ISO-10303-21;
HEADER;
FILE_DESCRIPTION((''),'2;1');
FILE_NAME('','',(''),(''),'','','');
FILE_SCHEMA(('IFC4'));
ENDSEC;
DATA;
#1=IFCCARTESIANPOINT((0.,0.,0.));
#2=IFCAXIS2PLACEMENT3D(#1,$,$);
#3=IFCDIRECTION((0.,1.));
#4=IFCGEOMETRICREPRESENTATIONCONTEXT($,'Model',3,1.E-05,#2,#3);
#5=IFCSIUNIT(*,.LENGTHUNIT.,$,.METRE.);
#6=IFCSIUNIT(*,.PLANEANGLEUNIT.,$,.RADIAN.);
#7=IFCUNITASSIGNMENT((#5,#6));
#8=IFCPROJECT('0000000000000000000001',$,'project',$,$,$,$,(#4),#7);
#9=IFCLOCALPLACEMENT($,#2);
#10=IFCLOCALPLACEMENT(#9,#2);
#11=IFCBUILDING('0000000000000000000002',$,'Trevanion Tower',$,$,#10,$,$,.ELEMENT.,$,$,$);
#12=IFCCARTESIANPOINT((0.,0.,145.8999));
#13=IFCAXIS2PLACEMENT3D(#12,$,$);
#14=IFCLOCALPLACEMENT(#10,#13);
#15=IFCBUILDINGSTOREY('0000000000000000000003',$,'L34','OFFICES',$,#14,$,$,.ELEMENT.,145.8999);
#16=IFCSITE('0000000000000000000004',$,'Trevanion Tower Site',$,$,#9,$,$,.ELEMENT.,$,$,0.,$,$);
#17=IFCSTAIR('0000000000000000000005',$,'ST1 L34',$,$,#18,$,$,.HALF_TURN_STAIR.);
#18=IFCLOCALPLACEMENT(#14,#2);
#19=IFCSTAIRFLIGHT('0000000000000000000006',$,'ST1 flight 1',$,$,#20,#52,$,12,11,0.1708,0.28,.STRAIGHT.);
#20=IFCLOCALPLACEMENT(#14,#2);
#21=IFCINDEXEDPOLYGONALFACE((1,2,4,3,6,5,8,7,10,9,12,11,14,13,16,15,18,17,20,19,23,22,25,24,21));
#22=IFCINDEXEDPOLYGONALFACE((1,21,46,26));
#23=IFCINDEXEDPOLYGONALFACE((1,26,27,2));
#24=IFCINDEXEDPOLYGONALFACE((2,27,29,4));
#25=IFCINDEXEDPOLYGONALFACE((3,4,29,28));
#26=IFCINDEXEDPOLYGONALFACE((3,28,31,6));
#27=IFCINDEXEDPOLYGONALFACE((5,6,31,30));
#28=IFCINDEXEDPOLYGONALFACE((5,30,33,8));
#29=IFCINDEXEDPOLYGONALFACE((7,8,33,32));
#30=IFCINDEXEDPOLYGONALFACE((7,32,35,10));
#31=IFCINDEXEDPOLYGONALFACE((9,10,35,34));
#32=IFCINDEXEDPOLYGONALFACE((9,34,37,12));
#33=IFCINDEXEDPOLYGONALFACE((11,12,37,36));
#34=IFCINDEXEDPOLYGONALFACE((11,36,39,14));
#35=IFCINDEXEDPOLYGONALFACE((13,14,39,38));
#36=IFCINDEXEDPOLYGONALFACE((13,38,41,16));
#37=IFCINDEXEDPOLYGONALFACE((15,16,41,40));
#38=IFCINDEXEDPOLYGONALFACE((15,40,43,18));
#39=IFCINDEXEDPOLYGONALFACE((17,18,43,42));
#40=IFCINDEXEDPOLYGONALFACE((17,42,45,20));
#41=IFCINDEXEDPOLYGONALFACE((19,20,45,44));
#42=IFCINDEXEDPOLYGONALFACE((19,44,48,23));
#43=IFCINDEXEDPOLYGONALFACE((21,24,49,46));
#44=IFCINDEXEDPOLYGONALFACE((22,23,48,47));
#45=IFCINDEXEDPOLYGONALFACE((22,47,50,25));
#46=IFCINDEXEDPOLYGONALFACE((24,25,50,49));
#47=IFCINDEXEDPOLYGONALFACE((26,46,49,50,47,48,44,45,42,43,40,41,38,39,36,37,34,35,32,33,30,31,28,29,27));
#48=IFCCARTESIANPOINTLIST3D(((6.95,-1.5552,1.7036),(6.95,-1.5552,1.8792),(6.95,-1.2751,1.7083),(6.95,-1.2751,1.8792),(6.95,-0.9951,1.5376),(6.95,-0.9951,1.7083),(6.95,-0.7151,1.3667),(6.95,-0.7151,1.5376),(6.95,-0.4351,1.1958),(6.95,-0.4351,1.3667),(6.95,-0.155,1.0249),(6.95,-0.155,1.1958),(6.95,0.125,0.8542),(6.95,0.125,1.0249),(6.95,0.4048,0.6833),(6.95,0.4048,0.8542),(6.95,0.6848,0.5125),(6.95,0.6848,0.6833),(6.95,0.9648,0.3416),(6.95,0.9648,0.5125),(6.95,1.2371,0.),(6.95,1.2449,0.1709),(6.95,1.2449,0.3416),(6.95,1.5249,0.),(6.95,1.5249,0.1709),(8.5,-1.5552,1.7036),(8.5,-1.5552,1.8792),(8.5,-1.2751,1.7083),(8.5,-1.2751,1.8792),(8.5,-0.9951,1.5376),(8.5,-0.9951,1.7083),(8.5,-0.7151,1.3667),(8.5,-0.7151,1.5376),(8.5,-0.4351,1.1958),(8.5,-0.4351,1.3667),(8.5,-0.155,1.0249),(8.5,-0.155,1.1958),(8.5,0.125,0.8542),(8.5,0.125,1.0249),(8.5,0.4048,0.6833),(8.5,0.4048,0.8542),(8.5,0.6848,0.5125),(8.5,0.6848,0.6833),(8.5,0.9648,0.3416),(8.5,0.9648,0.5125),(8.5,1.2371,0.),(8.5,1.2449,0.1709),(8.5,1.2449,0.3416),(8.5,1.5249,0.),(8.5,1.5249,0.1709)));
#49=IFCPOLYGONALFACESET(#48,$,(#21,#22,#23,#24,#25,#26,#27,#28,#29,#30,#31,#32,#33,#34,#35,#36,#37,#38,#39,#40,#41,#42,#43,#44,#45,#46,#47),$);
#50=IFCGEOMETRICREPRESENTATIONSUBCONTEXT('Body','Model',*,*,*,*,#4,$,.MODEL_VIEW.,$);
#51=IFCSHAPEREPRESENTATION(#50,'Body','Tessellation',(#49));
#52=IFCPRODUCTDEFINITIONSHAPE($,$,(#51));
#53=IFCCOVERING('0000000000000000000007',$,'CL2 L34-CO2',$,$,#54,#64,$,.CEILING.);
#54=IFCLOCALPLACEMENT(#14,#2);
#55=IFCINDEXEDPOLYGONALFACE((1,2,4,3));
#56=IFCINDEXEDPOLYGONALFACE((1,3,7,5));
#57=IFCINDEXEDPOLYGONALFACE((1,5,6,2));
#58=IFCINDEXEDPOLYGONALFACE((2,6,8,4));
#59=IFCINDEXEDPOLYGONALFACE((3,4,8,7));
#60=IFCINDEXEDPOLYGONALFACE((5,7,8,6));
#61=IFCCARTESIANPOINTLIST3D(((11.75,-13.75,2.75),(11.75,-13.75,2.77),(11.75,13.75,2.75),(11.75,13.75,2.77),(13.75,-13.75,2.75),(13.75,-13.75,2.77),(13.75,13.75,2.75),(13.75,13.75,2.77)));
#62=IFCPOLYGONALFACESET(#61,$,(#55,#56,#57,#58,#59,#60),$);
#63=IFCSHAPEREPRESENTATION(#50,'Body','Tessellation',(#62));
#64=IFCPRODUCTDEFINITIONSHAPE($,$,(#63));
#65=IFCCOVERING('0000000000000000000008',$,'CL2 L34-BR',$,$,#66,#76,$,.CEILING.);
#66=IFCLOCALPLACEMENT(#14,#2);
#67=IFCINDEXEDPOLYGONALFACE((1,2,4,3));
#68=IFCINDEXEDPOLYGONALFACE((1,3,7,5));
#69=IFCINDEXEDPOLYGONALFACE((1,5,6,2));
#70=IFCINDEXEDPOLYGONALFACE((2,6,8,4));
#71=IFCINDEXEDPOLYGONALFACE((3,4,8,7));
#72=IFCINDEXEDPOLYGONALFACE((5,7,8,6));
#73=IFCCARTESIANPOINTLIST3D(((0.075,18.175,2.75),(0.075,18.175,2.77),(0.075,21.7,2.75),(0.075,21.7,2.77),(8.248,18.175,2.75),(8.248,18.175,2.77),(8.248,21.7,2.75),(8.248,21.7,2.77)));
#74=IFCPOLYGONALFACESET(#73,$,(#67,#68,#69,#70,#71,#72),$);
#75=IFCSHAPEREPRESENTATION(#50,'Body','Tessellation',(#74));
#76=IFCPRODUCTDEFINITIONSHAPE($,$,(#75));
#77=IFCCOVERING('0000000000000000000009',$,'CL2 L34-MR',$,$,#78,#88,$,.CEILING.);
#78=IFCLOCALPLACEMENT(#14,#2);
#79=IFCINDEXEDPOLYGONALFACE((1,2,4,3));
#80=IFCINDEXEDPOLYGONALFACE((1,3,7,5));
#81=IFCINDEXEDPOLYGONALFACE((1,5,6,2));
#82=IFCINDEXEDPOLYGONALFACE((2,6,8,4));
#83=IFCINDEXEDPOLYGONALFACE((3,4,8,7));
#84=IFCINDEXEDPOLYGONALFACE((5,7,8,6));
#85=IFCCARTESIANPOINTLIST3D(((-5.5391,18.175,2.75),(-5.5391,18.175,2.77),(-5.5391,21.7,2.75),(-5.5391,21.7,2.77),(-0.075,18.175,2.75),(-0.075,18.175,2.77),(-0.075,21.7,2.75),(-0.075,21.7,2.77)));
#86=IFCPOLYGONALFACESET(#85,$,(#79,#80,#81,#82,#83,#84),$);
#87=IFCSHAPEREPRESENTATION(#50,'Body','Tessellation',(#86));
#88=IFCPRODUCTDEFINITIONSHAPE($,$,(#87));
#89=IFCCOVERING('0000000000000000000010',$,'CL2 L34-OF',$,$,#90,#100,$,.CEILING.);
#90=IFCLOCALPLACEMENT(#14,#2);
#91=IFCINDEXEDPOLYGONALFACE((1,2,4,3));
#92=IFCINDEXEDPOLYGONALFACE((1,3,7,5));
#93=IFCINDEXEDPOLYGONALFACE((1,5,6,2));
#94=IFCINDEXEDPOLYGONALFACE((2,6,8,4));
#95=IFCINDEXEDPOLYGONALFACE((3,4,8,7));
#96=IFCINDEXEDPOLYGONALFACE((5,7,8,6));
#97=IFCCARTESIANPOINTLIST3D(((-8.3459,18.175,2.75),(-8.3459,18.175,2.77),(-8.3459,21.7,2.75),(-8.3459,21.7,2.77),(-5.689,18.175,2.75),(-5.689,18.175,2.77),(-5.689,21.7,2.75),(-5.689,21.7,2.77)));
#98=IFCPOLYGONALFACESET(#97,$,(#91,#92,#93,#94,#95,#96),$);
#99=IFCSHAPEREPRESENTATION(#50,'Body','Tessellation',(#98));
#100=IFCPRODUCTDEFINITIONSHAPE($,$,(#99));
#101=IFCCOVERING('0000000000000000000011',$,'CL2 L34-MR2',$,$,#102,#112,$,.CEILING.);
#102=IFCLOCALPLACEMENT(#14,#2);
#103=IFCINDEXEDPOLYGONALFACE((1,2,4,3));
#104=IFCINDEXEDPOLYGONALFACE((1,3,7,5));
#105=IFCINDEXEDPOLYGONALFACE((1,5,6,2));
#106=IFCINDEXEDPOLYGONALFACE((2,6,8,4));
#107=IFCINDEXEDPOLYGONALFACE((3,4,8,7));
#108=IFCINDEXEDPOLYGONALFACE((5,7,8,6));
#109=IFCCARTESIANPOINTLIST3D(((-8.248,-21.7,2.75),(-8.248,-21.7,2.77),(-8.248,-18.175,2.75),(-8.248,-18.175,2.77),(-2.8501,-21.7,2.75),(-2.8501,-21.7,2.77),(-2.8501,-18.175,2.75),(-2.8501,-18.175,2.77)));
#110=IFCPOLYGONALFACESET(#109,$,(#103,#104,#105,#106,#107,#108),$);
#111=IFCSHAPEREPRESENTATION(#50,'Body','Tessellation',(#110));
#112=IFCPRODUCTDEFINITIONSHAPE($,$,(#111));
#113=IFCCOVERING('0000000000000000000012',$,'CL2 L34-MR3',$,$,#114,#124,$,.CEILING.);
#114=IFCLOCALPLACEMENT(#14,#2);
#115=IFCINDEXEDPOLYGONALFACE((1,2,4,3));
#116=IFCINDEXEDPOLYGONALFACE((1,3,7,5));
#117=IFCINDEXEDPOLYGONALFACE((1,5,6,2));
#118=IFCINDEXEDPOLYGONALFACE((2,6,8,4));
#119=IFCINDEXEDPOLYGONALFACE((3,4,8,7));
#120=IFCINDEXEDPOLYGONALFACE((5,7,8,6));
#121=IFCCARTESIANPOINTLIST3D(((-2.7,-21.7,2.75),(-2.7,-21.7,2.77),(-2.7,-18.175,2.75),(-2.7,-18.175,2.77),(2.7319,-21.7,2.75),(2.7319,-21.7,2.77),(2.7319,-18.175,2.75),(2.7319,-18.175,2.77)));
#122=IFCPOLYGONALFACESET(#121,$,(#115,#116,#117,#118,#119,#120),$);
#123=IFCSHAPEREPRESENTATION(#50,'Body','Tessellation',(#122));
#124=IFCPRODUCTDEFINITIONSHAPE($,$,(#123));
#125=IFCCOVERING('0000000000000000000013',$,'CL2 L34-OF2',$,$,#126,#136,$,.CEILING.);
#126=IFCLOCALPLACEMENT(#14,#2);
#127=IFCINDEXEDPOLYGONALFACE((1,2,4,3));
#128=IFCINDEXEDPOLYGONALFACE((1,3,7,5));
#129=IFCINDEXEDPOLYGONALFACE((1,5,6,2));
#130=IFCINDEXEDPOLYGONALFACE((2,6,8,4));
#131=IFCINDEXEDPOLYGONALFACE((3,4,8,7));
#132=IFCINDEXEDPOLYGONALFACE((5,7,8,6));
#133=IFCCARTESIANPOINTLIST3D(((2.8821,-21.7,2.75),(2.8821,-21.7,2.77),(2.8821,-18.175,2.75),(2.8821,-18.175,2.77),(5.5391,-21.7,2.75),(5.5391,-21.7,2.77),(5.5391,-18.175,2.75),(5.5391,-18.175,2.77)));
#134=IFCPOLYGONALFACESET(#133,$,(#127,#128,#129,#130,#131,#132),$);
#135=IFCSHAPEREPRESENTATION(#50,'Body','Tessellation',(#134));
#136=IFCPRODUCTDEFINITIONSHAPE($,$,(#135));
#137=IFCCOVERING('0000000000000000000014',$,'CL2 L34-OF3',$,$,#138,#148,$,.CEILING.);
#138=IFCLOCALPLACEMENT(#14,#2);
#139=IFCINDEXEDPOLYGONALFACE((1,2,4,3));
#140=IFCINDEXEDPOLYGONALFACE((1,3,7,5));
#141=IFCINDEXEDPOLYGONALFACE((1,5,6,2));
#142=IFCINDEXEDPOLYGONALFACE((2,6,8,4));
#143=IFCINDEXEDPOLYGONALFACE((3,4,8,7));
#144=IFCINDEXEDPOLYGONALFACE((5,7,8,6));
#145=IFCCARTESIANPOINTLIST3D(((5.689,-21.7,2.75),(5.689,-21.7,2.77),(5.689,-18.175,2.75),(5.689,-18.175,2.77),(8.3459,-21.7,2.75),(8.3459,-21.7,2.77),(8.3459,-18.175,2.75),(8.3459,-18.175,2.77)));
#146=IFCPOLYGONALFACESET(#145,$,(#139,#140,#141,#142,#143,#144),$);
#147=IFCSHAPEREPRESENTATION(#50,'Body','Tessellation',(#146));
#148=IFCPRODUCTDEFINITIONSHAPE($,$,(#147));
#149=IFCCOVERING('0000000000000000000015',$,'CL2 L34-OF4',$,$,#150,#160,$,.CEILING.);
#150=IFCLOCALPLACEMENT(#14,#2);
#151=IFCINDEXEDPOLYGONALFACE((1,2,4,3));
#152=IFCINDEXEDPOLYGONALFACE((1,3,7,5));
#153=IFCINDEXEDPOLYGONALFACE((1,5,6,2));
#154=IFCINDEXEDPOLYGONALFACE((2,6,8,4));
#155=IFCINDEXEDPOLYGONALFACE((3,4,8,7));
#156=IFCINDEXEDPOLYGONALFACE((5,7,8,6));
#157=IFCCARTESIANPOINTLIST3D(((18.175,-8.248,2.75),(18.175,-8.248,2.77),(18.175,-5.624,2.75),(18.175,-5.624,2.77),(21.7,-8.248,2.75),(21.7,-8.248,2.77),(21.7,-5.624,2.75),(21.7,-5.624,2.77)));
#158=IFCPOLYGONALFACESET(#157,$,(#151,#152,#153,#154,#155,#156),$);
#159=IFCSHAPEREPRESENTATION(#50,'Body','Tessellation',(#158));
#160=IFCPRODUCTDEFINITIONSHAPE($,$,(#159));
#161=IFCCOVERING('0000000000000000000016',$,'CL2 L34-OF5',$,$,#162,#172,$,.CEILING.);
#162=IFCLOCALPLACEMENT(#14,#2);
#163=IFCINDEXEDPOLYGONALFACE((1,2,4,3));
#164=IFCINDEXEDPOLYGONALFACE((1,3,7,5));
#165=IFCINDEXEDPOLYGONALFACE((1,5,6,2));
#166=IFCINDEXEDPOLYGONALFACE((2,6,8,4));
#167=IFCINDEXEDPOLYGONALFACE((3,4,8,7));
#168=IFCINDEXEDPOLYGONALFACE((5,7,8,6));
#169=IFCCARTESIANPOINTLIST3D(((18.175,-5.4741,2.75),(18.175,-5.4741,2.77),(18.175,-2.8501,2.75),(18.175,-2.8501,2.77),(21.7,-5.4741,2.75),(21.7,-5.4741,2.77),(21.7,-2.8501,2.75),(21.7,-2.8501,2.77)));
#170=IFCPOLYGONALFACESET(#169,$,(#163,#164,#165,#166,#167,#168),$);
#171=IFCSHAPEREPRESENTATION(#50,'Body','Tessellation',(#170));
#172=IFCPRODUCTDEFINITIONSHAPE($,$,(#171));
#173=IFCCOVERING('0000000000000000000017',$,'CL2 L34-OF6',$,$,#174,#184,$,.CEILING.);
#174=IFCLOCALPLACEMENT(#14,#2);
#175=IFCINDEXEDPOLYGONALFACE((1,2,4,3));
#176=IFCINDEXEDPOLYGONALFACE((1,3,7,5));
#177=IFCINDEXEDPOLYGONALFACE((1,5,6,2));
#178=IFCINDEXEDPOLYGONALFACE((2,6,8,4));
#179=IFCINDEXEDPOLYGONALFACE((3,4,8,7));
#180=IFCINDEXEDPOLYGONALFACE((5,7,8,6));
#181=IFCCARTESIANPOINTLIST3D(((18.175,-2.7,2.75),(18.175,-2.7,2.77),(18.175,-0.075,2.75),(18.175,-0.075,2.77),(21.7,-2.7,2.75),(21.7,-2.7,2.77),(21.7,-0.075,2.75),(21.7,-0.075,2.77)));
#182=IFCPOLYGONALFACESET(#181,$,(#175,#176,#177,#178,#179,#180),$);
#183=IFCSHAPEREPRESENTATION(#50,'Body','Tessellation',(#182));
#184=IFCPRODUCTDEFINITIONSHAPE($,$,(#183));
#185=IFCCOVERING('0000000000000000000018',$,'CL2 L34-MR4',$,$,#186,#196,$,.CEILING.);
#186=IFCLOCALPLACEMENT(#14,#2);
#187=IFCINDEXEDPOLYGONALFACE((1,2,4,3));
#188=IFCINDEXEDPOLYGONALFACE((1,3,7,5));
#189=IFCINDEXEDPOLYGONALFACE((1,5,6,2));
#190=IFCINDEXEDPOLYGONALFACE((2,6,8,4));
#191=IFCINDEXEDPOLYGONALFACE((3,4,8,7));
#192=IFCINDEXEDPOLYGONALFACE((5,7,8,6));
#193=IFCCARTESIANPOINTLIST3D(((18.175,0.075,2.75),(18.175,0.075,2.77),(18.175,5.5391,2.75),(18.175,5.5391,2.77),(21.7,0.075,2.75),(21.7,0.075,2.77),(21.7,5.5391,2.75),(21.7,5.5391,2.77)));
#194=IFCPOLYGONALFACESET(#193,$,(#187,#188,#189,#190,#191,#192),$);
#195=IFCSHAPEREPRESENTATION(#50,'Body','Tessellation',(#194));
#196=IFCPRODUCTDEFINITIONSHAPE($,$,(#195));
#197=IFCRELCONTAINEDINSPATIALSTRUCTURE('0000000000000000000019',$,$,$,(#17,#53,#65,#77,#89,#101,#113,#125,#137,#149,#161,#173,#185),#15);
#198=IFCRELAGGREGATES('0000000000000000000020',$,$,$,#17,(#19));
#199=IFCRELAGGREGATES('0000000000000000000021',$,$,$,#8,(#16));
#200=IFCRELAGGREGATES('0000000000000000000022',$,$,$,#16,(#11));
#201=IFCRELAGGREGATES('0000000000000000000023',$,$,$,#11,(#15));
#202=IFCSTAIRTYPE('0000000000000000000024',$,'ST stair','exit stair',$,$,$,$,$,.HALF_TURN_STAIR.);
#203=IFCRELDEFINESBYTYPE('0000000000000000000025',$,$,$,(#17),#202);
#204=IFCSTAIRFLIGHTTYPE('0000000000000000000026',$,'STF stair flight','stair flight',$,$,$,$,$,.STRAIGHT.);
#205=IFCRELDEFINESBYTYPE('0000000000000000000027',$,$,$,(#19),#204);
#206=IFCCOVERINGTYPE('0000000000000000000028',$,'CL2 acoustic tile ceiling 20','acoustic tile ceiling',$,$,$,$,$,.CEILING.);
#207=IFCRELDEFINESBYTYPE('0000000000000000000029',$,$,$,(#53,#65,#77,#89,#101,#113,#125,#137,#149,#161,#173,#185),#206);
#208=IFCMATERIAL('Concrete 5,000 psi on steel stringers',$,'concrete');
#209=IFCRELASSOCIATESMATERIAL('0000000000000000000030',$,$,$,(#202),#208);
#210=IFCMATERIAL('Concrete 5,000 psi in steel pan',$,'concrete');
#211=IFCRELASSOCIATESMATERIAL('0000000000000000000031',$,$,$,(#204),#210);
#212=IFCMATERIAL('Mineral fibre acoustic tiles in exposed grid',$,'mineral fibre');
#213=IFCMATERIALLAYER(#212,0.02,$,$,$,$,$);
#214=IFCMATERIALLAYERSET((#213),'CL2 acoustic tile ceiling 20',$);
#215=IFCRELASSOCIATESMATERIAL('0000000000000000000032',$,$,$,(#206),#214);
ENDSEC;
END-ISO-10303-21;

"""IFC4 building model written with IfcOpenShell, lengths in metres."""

from ifc_helpers import new_model, si_unit, direction, frame, origin, place, context, subcontext, project, spatial, polyline, outline, extrude, material, layer, layer_set, type_object, element, aggregate, save


model = new_model("IFC4")

# Units and contexts
model_context = context("Model", 3, precision=1e-05, world=origin(), true_north=direction((0.0, 1.0)))
body_context = subcontext(model_context, "Body", "Model", "MODEL_VIEW")
ifc_project = project(units=[si_unit("LENGTHUNIT", "METRE"), si_unit("PLANEANGLEUNIT", "RADIAN")], contexts=[model_context])

# Site, building, storey
site_placement = place(None, origin())
site = spatial("IfcSite", under=ifc_project, at=site_placement, Name="Trevanion Tower Site", CompositionType="ELEMENT", RefElevation=0.0)
building_placement = place(site_placement, origin())
building = spatial("IfcBuilding", under=site, at=building_placement, Name="Trevanion Tower", CompositionType="ELEMENT")
storey_placement = place(building_placement, frame((0.0, 0.0, 145.8999)))
storey = spatial("IfcBuildingStorey", under=building, at=storey_placement, Name="L34", Description="OFFICES", CompositionType="ELEMENT", Elevation=145.8999)

# Stair, stair flight
ifc_material_1 = material(Name="Concrete 5,000 psi on steel stringers", Category="concrete")
stair_type = type_object("IfcStairType", Name="ST stair", Description="exit stair", PredefinedType="HALF_TURN_STAIR", material=ifc_material_1)
stair_placement = place(storey_placement, origin())
stair = element("IfcStair", 1, at=stair_placement, inside=storey, type_object=stair_type, Name="ST1 L34", PredefinedType="HALF_TURN_STAIR")
ifc_material_2 = material(Name="Concrete 5,000 psi in steel pan", Category="concrete")
stair_flight_type = type_object("IfcStairFlightType", Name="STF stair flight", Description="stair flight", PredefinedType="STRAIGHT", material=ifc_material_2)
stair_flight_placement = place(storey_placement, frame((7.7251, 1.5249, 0.0), z_axis=(0.0, 0.0, 1.0), x_axis=(0.0, -1.0, 0.0)))
stair_flight = element("IfcStairFlight", 2, at=stair_flight_placement, type_object=stair_flight_type, Name="ST1 flight 1", NumberOfRisers=12, NumberOfTreads=11, PredefinedType="STRAIGHT", RiserHeight=0.1708, TreadLength=0.28, context=body_context, shape_type="SweptSolid", body=[
    extrude(outline(polyline([(0.0, 0.0), (0.0, 0.1709), (0.28, 0.1709), (0.28, 0.3416), (0.5601, 0.3416), (0.5601, 0.5125), (0.8401, 0.5125), (0.8401, 0.6833), (1.1201, 0.6833), (1.1201, 0.8542), (1.3999, 0.8542), (1.3999, 1.0249), (1.6799, 1.0249), (1.6799, 1.1958), (1.96, 1.1958), (1.96, 1.3667), (2.24, 1.3667), (2.24, 1.5376), (2.52, 1.5376), (2.52, 1.7083), (2.8, 1.7083), (2.8, 1.8792), (3.0801, 1.8792), (3.0801, 2.05), (3.0801, 1.7036), (0.2878, 0.0), (0.0, 0.0)])), frame((0.0, 0.7749, 0.0), z_axis=(0.0, -1.0, 0.0), x_axis=(1.0, 0.0, 0.0)), (0.0, 0.0, 1.0), 1.55),
])
aggregate(stair, [stair_flight])

# Coverings
ifc_material_3 = material(Name="Mineral fibre acoustic tiles in exposed grid", Category="mineral fibre")
ifc_layer_1 = layer(ifc_material_3, 0.02)
ifc_layer_set_1 = layer_set([ifc_layer_1], Name="CL2 acoustic tile ceiling 20")
covering_type_1 = type_object("IfcCoveringType", Name="CL2 acoustic tile ceiling 20", Description="acoustic tile ceiling", PredefinedType="CEILING", material=ifc_layer_set_1)
covering_1_placement = place(storey_placement, frame((0.0, 0.0, 2.75)))
element("IfcCovering", 3, at=covering_1_placement, inside=storey, type_object=covering_type_1, Name="CL2 L34-CO2", PredefinedType="CEILING", context=body_context, shape_type="SweptSolid", body=[
    extrude(outline(polyline([(11.75, 13.75), (13.75, 13.75), (13.75, -13.75), (11.75, -13.75), (11.75, 13.75)])), origin(), (0.0, 0.0, 1.0), 0.02),
])
covering_2_placement = place(storey_placement, frame((0.0, 0.0, 2.75)))
element("IfcCovering", 4, at=covering_2_placement, inside=storey, type_object=covering_type_1, Name="CL2 L34-BR", PredefinedType="CEILING", context=body_context, shape_type="SweptSolid", body=[
    extrude(outline(polyline([(8.248, 18.175), (0.075, 18.175), (0.075, 21.7), (8.248, 21.7), (8.248, 18.175)])), origin(), (0.0, 0.0, 1.0), 0.02),
])
covering_3_placement = place(storey_placement, frame((0.0, 0.0, 2.75)))
element("IfcCovering", 5, at=covering_3_placement, inside=storey, type_object=covering_type_1, Name="CL2 L34-MR", PredefinedType="CEILING", context=body_context, shape_type="SweptSolid", body=[
    extrude(outline(polyline([(-0.075, 18.175), (-5.5391, 18.175), (-5.5391, 21.7), (-0.075, 21.7), (-0.075, 18.175)])), origin(), (0.0, 0.0, 1.0), 0.02),
])
covering_4_placement = place(storey_placement, frame((0.0, 0.0, 2.75)))
element("IfcCovering", 6, at=covering_4_placement, inside=storey, type_object=covering_type_1, Name="CL2 L34-OF", PredefinedType="CEILING", context=body_context, shape_type="SweptSolid", body=[
    extrude(outline(polyline([(-5.689, 18.175), (-8.3459, 18.175), (-8.3459, 21.7), (-5.689, 21.7), (-5.689, 18.175)])), origin(), (0.0, 0.0, 1.0), 0.02),
])
covering_5_placement = place(storey_placement, frame((0.0, 0.0, 2.75)))
element("IfcCovering", 7, at=covering_5_placement, inside=storey, type_object=covering_type_1, Name="CL2 L34-MR2", PredefinedType="CEILING", context=body_context, shape_type="SweptSolid", body=[
    extrude(outline(polyline([(-8.248, -18.175), (-2.8501, -18.175), (-2.8501, -21.7), (-8.248, -21.7), (-8.248, -18.175)])), origin(), (0.0, 0.0, 1.0), 0.02),
])
covering_6_placement = place(storey_placement, frame((0.0, 0.0, 2.75)))
element("IfcCovering", 8, at=covering_6_placement, inside=storey, type_object=covering_type_1, Name="CL2 L34-MR3", PredefinedType="CEILING", context=body_context, shape_type="SweptSolid", body=[
    extrude(outline(polyline([(-2.7, -18.175), (2.7319, -18.175), (2.7319, -21.7), (-2.7, -21.7), (-2.7, -18.175)])), origin(), (0.0, 0.0, 1.0), 0.02),
])
covering_7_placement = place(storey_placement, frame((0.0, 0.0, 2.75)))
element("IfcCovering", 9, at=covering_7_placement, inside=storey, type_object=covering_type_1, Name="CL2 L34-OF2", PredefinedType="CEILING", context=body_context, shape_type="SweptSolid", body=[
    extrude(outline(polyline([(2.8821, -18.175), (5.5391, -18.175), (5.5391, -21.7), (2.8821, -21.7), (2.8821, -18.175)])), origin(), (0.0, 0.0, 1.0), 0.02),
])
covering_8_placement = place(storey_placement, frame((0.0, 0.0, 2.75)))
element("IfcCovering", 10, at=covering_8_placement, inside=storey, type_object=covering_type_1, Name="CL2 L34-OF3", PredefinedType="CEILING", context=body_context, shape_type="SweptSolid", body=[
    extrude(outline(polyline([(5.689, -18.175), (8.3459, -18.175), (8.3459, -21.7), (5.689, -21.7), (5.689, -18.175)])), origin(), (0.0, 0.0, 1.0), 0.02),
])
covering_9_placement = place(storey_placement, frame((0.0, 0.0, 2.75)))
element("IfcCovering", 11, at=covering_9_placement, inside=storey, type_object=covering_type_1, Name="CL2 L34-OF4", PredefinedType="CEILING", context=body_context, shape_type="SweptSolid", body=[
    extrude(outline(polyline([(18.175, -8.248), (18.175, -5.624), (21.7, -5.624), (21.7, -8.248), (18.175, -8.248)])), origin(), (0.0, 0.0, 1.0), 0.02),
])
covering_10_placement = place(storey_placement, frame((0.0, 0.0, 2.75)))
element("IfcCovering", 12, at=covering_10_placement, inside=storey, type_object=covering_type_1, Name="CL2 L34-OF5", PredefinedType="CEILING", context=body_context, shape_type="SweptSolid", body=[
    extrude(outline(polyline([(18.175, -5.4741), (18.175, -2.8501), (21.7, -2.8501), (21.7, -5.4741), (18.175, -5.4741)])), origin(), (0.0, 0.0, 1.0), 0.02),
])
covering_11_placement = place(storey_placement, frame((0.0, 0.0, 2.75)))
element("IfcCovering", 13, at=covering_11_placement, inside=storey, type_object=covering_type_1, Name="CL2 L34-OF6", PredefinedType="CEILING", context=body_context, shape_type="SweptSolid", body=[
    extrude(outline(polyline([(18.175, -2.7), (18.175, -0.075), (21.7, -0.075), (21.7, -2.7), (18.175, -2.7)])), origin(), (0.0, 0.0, 1.0), 0.02),
])
covering_12_placement = place(storey_placement, frame((0.0, 0.0, 2.75)))
element("IfcCovering", 14, at=covering_12_placement, inside=storey, type_object=covering_type_1, Name="CL2 L34-MR4", PredefinedType="CEILING", context=body_context, shape_type="SweptSolid", body=[
    extrude(outline(polyline([(18.175, 0.075), (18.175, 5.5391), (21.7, 5.5391), (21.7, 0.075), (18.175, 0.075)])), origin(), (0.0, 0.0, 1.0), 0.02),
])

save(model, "model.ifc")
